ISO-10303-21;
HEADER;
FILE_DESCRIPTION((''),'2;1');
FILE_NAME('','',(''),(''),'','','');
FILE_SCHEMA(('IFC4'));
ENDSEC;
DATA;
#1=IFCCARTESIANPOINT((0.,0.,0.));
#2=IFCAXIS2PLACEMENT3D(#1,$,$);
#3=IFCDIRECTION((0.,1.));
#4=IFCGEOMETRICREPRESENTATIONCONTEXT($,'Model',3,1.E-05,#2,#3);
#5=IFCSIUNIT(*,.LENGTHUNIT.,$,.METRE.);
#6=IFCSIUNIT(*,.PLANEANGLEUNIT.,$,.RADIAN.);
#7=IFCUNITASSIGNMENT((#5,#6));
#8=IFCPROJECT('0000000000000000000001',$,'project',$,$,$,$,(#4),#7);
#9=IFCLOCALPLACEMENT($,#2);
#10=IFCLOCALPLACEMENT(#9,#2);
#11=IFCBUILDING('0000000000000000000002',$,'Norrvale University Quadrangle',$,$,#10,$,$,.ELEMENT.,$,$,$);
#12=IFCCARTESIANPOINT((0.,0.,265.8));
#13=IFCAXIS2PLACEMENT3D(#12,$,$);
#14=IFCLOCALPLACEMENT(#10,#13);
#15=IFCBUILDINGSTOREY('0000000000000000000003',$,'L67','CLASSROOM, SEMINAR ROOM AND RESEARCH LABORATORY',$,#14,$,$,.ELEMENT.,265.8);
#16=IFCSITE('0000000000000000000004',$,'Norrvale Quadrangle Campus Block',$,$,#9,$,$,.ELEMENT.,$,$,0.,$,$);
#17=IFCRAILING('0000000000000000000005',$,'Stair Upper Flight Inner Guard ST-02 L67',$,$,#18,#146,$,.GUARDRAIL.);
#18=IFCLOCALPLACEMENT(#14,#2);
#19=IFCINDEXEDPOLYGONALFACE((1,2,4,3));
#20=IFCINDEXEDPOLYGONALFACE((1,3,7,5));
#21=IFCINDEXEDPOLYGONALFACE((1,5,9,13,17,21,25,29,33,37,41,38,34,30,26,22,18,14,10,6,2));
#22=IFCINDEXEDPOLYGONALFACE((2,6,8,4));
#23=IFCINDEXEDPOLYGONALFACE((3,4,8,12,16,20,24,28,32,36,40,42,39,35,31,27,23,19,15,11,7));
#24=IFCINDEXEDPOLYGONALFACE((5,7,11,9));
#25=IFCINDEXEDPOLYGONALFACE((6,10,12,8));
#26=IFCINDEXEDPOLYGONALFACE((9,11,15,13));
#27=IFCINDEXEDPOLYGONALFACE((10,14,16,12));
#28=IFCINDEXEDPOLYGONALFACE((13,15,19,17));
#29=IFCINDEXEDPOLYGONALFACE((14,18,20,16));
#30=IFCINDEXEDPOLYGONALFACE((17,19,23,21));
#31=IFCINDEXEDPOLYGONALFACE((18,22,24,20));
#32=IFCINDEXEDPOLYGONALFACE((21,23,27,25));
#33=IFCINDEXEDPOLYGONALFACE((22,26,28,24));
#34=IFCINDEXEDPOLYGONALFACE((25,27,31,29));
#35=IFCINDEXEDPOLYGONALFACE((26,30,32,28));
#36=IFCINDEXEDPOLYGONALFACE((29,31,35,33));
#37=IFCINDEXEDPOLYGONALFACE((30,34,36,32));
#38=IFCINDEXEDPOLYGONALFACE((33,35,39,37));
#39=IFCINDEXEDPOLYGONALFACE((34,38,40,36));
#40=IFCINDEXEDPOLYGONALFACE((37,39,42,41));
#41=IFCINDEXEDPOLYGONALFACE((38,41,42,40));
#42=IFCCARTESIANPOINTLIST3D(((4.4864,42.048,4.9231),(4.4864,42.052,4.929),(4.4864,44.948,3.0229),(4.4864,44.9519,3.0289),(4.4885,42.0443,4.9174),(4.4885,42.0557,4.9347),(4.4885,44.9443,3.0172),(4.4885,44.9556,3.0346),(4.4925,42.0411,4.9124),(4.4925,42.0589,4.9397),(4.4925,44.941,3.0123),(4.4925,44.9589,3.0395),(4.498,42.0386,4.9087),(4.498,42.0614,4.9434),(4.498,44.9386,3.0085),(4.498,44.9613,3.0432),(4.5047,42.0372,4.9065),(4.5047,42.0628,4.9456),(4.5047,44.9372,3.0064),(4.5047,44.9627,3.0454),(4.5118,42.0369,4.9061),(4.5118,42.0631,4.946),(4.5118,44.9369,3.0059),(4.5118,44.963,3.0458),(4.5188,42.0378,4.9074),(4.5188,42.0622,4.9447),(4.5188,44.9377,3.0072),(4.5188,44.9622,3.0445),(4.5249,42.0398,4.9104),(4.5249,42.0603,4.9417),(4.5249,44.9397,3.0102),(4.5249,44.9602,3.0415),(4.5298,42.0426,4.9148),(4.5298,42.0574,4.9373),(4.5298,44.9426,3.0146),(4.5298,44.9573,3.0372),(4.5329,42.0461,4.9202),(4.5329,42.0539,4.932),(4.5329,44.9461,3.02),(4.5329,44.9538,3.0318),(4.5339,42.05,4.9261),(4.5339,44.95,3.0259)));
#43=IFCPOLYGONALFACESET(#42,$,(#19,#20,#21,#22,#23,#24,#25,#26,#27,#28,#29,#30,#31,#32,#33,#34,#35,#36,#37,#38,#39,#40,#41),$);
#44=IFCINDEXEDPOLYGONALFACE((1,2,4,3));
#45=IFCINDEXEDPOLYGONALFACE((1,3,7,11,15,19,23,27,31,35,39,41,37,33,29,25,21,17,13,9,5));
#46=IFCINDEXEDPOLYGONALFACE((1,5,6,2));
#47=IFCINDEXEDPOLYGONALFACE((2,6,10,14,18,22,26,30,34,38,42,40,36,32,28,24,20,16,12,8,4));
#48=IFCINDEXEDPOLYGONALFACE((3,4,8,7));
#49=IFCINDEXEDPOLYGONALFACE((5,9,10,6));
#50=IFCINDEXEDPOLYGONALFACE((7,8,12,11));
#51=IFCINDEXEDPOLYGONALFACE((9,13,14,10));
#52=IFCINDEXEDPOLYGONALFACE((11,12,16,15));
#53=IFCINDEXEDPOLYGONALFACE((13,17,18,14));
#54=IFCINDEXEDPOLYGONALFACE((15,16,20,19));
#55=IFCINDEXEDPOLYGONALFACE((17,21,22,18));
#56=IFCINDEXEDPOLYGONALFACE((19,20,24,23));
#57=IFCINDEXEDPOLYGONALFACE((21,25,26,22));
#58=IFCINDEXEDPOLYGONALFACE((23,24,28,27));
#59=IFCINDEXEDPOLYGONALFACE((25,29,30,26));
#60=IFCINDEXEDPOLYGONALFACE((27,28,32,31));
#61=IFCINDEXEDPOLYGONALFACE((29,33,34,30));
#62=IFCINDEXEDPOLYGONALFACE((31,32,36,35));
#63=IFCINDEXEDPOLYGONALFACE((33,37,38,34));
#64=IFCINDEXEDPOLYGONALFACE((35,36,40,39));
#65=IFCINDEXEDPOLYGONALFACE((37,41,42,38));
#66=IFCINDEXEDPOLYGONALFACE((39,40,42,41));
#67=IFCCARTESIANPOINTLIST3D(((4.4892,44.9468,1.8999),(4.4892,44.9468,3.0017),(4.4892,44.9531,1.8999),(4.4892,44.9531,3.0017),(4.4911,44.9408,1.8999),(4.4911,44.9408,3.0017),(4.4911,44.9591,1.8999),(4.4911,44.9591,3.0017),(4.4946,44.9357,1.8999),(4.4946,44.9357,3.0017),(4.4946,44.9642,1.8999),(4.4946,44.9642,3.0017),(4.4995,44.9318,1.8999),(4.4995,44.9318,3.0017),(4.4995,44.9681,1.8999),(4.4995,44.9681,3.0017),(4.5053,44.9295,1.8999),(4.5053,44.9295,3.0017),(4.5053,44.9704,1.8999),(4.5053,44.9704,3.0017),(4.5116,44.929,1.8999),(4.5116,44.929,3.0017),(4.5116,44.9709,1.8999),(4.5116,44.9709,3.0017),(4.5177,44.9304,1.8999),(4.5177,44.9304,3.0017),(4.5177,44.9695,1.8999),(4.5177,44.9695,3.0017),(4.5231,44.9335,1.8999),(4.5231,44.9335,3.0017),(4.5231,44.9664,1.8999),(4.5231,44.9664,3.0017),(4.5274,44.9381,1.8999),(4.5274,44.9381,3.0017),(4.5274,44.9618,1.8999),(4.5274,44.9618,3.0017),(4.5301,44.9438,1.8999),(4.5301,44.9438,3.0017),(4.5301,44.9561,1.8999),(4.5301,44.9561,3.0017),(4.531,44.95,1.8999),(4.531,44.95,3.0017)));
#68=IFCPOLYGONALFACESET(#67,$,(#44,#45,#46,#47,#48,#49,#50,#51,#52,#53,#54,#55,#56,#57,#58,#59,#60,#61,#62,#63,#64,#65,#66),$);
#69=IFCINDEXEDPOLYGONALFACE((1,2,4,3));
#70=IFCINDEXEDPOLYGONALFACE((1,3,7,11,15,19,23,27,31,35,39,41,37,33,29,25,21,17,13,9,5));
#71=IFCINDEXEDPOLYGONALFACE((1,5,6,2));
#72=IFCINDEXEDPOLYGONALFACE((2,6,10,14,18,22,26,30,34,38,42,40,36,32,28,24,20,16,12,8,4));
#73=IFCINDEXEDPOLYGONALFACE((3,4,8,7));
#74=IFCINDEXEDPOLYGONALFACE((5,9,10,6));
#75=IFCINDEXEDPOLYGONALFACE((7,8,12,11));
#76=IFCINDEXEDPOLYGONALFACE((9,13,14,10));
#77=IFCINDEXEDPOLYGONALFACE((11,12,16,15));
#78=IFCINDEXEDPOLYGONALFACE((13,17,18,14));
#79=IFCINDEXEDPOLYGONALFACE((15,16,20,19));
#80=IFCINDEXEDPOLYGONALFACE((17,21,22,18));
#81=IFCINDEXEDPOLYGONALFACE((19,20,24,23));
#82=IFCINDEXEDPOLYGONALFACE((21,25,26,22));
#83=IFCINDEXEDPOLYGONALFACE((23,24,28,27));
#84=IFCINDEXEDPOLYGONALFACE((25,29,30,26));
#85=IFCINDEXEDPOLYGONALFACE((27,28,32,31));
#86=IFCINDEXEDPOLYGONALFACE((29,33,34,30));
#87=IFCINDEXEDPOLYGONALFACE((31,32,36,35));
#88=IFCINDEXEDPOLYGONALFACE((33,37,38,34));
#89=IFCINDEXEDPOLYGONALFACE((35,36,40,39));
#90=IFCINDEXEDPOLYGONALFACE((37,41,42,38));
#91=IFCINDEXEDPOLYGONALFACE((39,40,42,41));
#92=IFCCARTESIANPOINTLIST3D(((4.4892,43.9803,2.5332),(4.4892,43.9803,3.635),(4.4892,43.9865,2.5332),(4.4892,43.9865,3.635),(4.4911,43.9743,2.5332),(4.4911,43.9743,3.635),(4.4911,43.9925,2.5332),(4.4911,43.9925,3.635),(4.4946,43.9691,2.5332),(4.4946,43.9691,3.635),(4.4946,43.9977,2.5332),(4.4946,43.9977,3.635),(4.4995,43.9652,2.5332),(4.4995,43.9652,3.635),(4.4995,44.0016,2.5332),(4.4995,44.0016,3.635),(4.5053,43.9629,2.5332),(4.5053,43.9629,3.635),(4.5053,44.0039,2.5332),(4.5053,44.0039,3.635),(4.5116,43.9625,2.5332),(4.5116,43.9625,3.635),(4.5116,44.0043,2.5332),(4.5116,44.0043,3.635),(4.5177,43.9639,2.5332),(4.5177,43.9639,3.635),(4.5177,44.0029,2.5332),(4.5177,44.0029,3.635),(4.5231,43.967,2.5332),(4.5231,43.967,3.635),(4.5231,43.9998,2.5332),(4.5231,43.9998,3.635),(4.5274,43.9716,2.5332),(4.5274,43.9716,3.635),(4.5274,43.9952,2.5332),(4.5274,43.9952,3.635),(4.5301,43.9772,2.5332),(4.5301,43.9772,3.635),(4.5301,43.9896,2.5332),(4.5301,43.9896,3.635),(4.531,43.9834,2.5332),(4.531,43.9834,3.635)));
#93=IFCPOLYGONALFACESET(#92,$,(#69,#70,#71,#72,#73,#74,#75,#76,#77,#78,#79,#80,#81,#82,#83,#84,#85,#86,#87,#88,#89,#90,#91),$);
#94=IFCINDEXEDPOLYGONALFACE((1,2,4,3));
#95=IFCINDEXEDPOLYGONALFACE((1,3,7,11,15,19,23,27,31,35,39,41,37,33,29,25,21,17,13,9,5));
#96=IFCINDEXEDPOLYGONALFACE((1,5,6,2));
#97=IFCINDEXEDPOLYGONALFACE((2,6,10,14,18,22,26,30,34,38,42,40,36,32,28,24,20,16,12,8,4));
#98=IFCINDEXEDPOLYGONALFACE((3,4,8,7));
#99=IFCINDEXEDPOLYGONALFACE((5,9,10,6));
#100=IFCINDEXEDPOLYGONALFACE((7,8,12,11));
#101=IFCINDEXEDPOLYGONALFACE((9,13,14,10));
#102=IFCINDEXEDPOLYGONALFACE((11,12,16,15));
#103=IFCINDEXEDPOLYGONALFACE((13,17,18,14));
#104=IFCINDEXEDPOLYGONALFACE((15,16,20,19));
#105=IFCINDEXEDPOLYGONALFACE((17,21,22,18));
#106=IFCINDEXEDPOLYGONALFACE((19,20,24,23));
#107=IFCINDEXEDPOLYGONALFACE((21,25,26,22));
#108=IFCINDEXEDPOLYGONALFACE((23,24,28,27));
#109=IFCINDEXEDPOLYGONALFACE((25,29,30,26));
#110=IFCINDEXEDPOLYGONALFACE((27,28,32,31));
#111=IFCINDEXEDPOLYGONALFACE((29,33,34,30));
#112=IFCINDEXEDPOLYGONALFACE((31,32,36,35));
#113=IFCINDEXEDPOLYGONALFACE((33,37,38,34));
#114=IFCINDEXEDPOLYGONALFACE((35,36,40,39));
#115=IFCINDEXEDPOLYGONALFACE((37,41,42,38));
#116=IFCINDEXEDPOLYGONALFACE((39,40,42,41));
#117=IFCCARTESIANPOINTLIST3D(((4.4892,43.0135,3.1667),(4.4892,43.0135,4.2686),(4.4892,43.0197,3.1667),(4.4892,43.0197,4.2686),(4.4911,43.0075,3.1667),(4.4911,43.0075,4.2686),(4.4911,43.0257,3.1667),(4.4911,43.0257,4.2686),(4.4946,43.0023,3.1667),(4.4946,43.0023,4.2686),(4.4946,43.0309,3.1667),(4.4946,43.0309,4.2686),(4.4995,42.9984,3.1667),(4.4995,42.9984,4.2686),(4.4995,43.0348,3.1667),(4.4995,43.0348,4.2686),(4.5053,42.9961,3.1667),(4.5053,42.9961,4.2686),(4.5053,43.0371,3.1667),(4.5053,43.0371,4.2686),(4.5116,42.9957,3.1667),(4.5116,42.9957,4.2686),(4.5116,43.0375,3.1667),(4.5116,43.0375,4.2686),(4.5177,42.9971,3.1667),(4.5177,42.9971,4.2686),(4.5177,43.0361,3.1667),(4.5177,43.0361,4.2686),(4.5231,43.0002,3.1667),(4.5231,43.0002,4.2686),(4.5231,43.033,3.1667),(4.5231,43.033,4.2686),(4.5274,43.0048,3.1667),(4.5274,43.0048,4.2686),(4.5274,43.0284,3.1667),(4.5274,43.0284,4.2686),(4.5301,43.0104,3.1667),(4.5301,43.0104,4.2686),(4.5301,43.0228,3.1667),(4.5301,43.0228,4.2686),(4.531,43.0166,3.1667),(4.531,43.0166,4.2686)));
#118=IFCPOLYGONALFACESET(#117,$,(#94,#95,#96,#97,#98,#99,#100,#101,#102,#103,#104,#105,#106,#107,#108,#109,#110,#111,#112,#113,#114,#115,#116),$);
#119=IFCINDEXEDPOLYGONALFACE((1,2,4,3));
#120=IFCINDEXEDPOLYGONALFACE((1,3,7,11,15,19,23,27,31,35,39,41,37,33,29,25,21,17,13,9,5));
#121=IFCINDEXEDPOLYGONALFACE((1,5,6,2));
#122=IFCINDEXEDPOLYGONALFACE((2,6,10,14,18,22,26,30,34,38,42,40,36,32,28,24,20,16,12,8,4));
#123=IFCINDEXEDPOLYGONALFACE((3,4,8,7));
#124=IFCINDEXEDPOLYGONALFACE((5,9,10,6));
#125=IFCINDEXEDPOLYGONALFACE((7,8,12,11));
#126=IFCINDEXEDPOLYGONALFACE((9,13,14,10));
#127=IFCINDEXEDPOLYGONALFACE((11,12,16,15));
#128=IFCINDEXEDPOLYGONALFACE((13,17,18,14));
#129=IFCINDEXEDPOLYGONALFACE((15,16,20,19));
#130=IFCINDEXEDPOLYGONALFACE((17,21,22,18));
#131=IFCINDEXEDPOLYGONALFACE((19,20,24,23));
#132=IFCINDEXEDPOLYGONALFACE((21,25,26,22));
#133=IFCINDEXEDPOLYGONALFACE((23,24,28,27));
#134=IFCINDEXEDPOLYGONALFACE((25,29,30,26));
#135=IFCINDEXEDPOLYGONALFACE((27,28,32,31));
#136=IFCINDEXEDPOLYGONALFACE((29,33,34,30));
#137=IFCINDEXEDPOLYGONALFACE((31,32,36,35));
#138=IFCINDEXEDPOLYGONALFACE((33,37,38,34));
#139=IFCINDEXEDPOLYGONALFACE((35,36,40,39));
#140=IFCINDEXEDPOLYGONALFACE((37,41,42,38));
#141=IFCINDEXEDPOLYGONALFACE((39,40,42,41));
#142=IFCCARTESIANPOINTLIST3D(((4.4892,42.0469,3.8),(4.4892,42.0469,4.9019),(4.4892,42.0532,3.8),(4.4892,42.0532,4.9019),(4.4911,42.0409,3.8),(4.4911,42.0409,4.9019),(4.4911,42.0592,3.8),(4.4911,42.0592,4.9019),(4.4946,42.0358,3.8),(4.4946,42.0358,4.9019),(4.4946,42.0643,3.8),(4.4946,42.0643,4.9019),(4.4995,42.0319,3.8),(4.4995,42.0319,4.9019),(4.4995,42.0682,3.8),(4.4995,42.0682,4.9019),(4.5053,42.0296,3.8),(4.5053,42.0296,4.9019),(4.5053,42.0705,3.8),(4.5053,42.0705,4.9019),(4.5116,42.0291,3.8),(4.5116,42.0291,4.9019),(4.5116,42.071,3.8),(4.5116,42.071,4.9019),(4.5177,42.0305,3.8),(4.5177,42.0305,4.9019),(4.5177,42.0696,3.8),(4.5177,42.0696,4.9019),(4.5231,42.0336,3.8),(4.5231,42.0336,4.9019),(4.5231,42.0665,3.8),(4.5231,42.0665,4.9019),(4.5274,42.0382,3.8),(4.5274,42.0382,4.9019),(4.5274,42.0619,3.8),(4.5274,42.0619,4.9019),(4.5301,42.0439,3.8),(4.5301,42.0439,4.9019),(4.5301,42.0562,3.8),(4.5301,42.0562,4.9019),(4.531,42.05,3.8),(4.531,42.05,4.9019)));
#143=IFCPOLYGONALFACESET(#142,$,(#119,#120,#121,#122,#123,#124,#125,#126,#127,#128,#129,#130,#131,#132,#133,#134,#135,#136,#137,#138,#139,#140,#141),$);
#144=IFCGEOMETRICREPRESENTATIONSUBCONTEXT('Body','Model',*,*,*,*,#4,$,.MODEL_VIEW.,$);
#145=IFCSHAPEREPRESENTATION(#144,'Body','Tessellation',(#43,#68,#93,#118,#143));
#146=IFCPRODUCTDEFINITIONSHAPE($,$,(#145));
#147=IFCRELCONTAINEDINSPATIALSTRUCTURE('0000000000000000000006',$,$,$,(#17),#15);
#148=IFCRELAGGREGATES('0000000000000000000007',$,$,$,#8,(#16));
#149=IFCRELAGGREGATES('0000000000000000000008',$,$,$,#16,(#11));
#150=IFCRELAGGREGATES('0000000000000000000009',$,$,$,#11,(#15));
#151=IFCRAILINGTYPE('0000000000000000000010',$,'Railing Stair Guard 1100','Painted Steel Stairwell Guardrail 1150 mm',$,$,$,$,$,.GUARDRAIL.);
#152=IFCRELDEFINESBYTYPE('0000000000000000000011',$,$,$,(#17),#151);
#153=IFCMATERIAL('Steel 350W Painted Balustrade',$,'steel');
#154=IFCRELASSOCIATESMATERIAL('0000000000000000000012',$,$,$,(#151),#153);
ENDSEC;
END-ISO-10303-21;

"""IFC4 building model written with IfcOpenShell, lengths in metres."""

from ifc_helpers import new_model, si_unit, direction, frame, origin, origin_2d, place, context, subcontext, project, spatial, circle, extrude, material, type_object, element, save


model = new_model("IFC4")

# Units and contexts
model_context = context("Model", 3, precision=1e-05, world=origin(), true_north=direction((0.0, 1.0)))
body_context = subcontext(model_context, "Body", "Model", "MODEL_VIEW")
ifc_project = project(units=[si_unit("LENGTHUNIT", "METRE"), si_unit("PLANEANGLEUNIT", "RADIAN")], contexts=[model_context])

# Site, building, storey
site_placement = place(None, origin())
site = spatial("IfcSite", under=ifc_project, at=site_placement, Name="Norrvale Quadrangle Campus Block", CompositionType="ELEMENT", RefElevation=0.0)
building_placement = place(site_placement, origin())
building = spatial("IfcBuilding", under=site, at=building_placement, Name="Norrvale University Quadrangle", CompositionType="ELEMENT")
storey_placement = place(building_placement, frame((0.0, 0.0, 265.8)))
storey = spatial("IfcBuildingStorey", under=building, at=storey_placement, Name="L67", Description="CLASSROOM, SEMINAR ROOM AND RESEARCH LABORATORY", CompositionType="ELEMENT", Elevation=265.8)

# Railing
ifc_material_1 = material(Name="Steel 350W Painted Balustrade", Category="steel")
railing_type_1 = type_object("IfcRailingType", Name="Railing Stair Guard 1100", Description="Painted Steel Stairwell Guardrail 1150 mm", PredefinedType="GUARDRAIL", material=ifc_material_1)
railing_1_placement = place(storey_placement, frame((4.51, 44.95, 1.8999)))
element("IfcRailing", 1, at=railing_1_placement, inside=storey, type_object=railing_type_1, Name="Stair Upper Flight Inner Guard ST-02 L67", PredefinedType="GUARDRAIL", context=body_context, shape_type="SweptSolid", body=[
    extrude(circle(Radius=0.0239, at=origin_2d()), frame((0.0, 0.0, 1.126), z_axis=(0.0, -0.836433, 0.548069), x_axis=(1.0, 0.0, 0.0)), (0.0, 0.0, 1.0), 3.467),
    extrude(circle(Radius=0.021, at=origin_2d()), origin(), (0.0, 0.0, 1.0), 1.1018),
    extrude(circle(Radius=0.021, at=origin_2d()), frame((0.0, -0.9666, 0.6333)), (0.0, 0.0, 1.0), 1.1018),
    extrude(circle(Radius=0.021, at=origin_2d()), frame((0.0, -1.9333, 1.2668)), (0.0, 0.0, 1.0), 1.1018),
    extrude(circle(Radius=0.021, at=origin_2d()), frame((0.0, -2.8999, 1.9001)), (0.0, 0.0, 1.0), 1.1018),
])

save(model, "model.ifc")
